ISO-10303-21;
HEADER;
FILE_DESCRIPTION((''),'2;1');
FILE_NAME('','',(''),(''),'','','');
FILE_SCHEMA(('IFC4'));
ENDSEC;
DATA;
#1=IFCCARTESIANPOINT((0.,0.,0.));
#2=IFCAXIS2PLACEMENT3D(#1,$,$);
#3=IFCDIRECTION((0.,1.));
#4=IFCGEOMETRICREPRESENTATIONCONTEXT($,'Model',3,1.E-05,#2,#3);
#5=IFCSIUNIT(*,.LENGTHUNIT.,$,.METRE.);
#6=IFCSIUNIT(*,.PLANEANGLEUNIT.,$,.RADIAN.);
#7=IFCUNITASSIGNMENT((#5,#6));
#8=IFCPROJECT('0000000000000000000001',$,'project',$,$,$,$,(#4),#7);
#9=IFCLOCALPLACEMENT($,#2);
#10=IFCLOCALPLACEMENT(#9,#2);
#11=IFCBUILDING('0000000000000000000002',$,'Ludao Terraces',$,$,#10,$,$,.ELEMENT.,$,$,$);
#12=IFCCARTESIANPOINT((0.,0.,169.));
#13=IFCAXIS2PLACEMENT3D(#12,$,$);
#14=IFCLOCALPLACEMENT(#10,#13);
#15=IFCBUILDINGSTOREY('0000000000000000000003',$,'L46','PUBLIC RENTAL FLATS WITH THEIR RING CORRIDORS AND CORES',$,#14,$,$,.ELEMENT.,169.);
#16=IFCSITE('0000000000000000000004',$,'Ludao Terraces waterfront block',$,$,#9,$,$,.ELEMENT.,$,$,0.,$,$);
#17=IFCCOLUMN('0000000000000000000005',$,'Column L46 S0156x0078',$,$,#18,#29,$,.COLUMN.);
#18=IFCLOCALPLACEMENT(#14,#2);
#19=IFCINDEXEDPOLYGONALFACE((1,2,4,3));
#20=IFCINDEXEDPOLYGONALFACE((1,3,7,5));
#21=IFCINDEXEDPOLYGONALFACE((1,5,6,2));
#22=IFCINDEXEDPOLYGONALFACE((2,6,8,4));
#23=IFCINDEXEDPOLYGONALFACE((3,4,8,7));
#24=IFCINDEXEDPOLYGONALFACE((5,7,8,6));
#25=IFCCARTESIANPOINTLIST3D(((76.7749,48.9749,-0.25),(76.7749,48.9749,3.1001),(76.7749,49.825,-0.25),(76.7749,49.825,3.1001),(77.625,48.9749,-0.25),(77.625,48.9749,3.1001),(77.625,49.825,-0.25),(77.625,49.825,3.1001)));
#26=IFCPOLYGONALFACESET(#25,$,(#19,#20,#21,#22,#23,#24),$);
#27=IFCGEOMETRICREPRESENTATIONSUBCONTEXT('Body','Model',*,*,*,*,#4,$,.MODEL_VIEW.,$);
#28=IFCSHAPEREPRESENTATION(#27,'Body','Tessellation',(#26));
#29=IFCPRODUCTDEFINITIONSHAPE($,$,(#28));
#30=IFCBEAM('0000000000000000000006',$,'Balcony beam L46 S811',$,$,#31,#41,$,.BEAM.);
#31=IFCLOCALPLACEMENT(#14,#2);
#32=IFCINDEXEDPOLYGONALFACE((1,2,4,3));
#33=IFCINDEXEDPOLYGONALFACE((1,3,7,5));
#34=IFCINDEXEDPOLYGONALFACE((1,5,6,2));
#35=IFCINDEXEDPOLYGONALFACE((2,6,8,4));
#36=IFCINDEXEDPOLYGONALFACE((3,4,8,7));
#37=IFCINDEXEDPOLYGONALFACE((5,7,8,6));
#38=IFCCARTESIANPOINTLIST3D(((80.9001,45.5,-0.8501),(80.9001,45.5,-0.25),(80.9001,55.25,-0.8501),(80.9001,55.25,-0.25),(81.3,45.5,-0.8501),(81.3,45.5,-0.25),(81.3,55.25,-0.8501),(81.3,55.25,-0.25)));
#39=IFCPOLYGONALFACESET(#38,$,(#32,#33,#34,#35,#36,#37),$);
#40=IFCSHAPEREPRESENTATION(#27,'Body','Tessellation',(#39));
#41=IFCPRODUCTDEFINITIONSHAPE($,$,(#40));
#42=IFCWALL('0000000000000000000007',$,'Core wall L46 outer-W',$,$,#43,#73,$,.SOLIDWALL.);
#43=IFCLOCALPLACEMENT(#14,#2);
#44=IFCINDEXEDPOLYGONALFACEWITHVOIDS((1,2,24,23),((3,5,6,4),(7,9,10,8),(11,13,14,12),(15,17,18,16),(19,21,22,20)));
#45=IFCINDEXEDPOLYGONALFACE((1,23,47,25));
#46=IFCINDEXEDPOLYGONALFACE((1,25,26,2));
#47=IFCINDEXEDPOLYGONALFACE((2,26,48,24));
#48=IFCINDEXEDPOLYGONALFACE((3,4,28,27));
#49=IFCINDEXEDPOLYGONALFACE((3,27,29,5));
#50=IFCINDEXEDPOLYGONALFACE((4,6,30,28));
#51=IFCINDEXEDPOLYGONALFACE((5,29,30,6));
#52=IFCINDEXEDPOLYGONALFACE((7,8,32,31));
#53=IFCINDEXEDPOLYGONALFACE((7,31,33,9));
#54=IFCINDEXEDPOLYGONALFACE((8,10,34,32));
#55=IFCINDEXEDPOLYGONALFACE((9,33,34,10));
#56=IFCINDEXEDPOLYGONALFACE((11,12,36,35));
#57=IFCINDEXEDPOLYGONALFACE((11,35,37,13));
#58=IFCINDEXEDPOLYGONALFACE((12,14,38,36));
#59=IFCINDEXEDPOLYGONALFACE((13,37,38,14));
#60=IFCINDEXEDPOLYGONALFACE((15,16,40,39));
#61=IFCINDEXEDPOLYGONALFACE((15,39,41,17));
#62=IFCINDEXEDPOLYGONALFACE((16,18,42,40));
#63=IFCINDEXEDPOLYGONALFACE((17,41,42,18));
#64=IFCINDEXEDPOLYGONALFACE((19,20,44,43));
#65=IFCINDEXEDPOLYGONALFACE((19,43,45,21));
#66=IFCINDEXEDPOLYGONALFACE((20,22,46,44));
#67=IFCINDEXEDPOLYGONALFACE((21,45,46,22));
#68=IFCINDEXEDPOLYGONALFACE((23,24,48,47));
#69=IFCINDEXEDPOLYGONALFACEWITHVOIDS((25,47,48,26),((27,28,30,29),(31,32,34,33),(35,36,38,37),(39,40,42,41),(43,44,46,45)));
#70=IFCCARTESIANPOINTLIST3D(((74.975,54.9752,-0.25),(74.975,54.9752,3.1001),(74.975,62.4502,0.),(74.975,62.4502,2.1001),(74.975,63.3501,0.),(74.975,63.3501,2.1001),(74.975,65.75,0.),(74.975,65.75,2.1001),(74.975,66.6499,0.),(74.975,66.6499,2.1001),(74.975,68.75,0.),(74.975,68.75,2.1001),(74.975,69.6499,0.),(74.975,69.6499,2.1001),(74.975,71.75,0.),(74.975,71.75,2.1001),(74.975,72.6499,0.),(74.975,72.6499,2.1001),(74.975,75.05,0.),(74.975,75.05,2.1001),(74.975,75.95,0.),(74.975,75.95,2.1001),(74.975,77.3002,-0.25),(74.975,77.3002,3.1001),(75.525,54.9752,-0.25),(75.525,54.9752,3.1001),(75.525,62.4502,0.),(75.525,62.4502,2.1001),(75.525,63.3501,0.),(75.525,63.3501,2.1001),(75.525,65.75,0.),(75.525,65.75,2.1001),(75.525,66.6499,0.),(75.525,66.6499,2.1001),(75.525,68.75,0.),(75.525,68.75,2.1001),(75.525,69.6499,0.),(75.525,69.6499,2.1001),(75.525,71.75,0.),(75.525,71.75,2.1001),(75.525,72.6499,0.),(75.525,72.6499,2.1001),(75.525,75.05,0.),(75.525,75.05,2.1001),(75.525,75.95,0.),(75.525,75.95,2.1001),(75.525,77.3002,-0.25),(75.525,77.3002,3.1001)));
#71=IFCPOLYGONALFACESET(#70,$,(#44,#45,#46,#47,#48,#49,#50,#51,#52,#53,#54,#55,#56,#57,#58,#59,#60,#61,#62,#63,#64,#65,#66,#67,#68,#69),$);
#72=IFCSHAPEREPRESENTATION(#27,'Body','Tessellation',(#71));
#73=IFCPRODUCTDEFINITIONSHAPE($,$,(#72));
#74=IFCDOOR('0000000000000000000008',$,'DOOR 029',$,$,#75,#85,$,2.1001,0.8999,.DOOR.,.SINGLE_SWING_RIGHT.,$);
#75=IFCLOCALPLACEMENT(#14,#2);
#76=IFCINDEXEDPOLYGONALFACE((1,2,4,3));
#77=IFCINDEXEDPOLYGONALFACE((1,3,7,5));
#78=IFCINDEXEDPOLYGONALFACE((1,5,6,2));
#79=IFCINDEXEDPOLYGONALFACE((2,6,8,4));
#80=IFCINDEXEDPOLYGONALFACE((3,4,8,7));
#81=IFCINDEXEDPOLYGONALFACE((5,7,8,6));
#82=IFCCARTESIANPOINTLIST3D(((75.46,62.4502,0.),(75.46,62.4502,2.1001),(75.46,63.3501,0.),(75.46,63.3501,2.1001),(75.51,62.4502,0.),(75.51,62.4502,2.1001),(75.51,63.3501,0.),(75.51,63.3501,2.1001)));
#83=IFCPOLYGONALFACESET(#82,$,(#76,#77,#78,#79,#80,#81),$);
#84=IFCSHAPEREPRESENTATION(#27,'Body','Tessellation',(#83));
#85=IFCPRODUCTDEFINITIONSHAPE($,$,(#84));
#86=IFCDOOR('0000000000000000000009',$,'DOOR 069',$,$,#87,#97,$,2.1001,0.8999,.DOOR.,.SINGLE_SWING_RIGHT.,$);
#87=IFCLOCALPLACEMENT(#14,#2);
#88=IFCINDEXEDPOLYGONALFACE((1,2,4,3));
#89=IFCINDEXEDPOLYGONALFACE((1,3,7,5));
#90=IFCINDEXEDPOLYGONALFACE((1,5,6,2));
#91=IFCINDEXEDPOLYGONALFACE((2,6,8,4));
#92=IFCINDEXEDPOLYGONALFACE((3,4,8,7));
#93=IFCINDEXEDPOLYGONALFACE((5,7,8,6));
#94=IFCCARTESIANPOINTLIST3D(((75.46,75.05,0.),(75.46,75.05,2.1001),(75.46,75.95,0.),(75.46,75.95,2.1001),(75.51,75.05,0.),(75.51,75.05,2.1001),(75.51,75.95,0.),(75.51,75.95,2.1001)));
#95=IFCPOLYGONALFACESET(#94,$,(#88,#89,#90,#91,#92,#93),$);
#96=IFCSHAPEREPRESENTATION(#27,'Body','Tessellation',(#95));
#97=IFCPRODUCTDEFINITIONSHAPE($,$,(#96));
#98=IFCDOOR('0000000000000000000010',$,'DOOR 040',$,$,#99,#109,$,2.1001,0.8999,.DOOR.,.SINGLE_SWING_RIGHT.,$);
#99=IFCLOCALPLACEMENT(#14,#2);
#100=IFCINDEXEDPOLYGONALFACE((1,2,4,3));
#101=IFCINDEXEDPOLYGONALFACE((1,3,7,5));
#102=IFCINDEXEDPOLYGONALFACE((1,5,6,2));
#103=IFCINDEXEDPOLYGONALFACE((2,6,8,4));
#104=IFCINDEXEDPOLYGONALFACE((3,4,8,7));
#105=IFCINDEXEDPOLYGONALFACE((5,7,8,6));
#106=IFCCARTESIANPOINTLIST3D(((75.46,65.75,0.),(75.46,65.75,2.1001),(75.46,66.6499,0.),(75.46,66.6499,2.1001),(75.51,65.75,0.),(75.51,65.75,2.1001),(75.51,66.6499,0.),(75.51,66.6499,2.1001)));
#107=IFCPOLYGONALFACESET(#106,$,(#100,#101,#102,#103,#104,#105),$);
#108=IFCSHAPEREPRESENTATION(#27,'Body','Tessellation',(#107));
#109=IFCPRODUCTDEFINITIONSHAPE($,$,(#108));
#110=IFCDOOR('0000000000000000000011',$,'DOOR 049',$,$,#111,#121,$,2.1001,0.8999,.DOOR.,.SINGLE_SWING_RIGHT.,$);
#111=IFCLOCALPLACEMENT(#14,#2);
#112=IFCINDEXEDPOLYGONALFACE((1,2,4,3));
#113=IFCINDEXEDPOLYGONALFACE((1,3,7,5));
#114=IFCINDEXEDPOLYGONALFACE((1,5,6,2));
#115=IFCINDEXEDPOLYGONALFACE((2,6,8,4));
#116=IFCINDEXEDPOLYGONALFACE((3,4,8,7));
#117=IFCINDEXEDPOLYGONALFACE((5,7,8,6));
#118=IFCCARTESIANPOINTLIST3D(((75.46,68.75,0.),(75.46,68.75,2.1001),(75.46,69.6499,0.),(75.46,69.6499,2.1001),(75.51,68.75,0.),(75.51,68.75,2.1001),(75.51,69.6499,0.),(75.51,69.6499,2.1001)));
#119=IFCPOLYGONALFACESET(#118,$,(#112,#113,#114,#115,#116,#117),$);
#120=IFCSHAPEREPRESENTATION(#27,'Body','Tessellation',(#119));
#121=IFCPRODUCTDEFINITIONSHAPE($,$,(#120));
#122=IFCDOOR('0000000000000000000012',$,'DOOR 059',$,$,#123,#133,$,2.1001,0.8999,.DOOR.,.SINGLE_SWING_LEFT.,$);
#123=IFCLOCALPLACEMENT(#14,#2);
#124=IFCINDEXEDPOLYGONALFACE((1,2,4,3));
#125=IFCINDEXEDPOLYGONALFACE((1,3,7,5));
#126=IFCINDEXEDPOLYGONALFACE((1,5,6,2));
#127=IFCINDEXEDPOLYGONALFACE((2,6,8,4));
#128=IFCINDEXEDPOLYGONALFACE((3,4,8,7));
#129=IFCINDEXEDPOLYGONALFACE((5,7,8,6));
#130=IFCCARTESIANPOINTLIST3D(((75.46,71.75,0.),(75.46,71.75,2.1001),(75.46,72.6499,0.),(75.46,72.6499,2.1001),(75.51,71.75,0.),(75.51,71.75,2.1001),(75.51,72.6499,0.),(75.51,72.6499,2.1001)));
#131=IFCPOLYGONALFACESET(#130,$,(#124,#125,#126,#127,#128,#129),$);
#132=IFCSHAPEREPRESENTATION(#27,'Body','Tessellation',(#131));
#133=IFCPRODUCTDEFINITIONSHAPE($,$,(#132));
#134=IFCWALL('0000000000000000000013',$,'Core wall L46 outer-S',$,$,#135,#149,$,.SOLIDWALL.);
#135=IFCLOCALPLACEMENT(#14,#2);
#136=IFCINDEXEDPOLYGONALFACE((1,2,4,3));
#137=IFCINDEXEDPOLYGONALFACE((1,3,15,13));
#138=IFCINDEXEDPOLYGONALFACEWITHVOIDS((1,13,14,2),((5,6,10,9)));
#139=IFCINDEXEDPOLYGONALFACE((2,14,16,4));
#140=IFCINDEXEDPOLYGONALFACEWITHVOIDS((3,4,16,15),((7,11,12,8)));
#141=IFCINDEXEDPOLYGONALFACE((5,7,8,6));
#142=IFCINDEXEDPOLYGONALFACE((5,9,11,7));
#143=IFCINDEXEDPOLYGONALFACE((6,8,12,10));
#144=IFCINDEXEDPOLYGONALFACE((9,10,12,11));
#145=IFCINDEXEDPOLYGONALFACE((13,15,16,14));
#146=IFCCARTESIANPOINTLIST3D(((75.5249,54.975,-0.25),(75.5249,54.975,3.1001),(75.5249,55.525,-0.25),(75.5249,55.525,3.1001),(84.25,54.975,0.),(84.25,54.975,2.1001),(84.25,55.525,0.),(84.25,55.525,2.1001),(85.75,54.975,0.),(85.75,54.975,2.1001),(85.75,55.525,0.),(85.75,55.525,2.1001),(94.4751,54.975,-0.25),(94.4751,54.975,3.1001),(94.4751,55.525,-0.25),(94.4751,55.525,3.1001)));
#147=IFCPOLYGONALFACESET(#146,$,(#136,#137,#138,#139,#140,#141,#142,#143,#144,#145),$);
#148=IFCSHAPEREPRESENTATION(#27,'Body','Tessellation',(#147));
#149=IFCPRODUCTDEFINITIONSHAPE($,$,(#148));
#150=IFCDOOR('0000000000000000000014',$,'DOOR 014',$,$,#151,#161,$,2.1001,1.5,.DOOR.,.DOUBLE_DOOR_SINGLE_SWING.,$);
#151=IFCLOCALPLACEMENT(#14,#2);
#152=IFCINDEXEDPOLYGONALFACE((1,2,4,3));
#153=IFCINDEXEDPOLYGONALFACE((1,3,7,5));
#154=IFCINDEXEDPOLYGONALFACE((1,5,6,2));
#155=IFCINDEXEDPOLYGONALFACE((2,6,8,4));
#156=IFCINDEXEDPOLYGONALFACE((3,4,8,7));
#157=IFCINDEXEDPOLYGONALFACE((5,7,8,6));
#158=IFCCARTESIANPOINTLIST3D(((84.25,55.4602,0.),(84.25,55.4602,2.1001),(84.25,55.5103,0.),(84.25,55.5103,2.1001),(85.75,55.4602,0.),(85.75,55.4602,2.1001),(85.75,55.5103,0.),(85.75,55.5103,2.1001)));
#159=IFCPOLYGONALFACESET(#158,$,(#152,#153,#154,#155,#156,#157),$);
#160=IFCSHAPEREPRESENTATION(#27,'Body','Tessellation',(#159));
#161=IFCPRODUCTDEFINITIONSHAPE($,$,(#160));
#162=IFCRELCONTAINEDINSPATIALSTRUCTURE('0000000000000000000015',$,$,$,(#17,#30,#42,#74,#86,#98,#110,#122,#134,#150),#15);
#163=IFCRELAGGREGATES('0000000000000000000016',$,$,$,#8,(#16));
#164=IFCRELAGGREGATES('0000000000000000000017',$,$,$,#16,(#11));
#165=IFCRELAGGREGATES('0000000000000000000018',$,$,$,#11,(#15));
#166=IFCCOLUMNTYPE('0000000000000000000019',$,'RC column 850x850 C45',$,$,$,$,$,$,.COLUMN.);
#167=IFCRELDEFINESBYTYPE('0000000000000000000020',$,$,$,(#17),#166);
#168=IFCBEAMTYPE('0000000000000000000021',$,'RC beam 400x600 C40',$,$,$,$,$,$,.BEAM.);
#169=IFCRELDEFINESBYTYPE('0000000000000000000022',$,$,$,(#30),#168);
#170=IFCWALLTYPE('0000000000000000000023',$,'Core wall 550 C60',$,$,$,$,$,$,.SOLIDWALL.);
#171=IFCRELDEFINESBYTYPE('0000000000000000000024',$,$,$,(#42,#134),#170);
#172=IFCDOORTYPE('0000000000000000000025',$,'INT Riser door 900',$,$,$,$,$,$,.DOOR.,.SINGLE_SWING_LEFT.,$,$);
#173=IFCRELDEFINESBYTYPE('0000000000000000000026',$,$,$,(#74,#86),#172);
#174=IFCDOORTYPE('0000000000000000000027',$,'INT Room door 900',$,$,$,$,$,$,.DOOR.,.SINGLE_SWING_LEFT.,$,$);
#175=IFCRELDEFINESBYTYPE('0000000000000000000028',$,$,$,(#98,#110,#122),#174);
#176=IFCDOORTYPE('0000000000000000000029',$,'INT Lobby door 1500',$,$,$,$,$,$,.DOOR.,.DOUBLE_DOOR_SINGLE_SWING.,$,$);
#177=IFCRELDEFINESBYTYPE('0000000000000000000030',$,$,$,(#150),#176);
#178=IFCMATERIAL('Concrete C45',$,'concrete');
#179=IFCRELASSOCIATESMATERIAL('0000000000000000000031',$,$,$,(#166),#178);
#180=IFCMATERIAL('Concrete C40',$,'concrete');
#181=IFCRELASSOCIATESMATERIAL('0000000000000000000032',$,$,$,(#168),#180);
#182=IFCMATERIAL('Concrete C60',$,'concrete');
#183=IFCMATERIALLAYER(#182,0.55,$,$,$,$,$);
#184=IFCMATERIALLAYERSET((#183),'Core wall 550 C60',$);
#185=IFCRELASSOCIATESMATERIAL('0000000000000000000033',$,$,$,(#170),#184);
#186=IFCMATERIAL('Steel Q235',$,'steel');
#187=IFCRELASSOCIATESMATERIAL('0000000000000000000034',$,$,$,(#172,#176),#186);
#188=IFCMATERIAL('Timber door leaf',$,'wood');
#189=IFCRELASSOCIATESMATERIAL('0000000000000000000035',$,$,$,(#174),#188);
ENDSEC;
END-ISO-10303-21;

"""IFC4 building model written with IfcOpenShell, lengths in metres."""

from ifc_helpers import new_model, si_unit, direction, frame, frame_2d, origin, origin_2d, place, context, subcontext, project, spatial, rectangle, extrude, material, layer, layer_set, material_profile, profile_set, type_object, element, fill, save


model = new_model("IFC4")

# Units and contexts
model_context = context("Model", 3, precision=1e-05, world=origin(), true_north=direction((0.0, 1.0)))
body_context = subcontext(model_context, "Body", "Model", "MODEL_VIEW")
ifc_project = project(units=[si_unit("LENGTHUNIT", "METRE"), si_unit("PLANEANGLEUNIT", "RADIAN")], contexts=[model_context])

# Site, building, storey
site_placement = place(None, origin())
site = spatial("IfcSite", under=ifc_project, at=site_placement, Name="Ludao Terraces waterfront block", CompositionType="ELEMENT", RefElevation=0.0)
building_placement = place(site_placement, origin())
building = spatial("IfcBuilding", under=site, at=building_placement, Name="Ludao Terraces", CompositionType="ELEMENT")
storey_placement = place(building_placement, frame((0.0, 0.0, 169.0)))
storey = spatial("IfcBuildingStorey", under=building, at=storey_placement, Name="L46", Description="PUBLIC RENTAL FLATS WITH THEIR RING CORRIDORS AND CORES", CompositionType="ELEMENT", Elevation=169.0)

# Column
ifc_material_1 = material(Name="Concrete C45", Category="concrete")
ifc_material_profile_1 = material_profile(ifc_material_1, rectangle(XDim=0.8501, YDim=0.8501, at=origin_2d()), Name="850 X 850")
ifc_profile_set_1 = profile_set([ifc_material_profile_1], Name="Concrete C45")
column_type = type_object("IfcColumnType", Name="RC column 850x850 C45", PredefinedType="COLUMN", material=ifc_profile_set_1)
column_placement = place(storey_placement, frame((77.2, 49.3999, -0.25), z_axis=(0.0, 0.0, 1.0), x_axis=(1.0, 0.0, 0.0)))
element("IfcColumn", 1, at=column_placement, inside=storey, type_object=column_type, Name="Column L46 S0156x0078", PredefinedType="COLUMN", context=body_context, shape_type="SweptSolid", body=[
    extrude(rectangle(XDim=0.8501, YDim=0.8501, at=origin_2d()), origin(), (0.0, 0.0, 1.0), 3.3501),
])

# Beam
ifc_material_2 = material(Name="Concrete C40", Category="concrete")
ifc_material_profile_2 = material_profile(ifc_material_2, rectangle(XDim=0.3999, YDim=0.6001, at=origin_2d()), Name="400 X 600")
ifc_profile_set_2 = profile_set([ifc_material_profile_2], Name="Concrete C40")
beam_type = type_object("IfcBeamType", Name="RC beam 400x600 C40", PredefinedType="BEAM", material=ifc_profile_set_2)
beam_placement = place(storey_placement, frame((81.1001, 55.25, -0.55), z_axis=(0.0, -1.0, 0.0), x_axis=(1.0, 0.0, 0.0)))
element("IfcBeam", 2, at=beam_placement, inside=storey, type_object=beam_type, Name="Balcony beam L46 S811", PredefinedType="BEAM", context=body_context, shape_type="SweptSolid", body=[
    extrude(rectangle(XDim=0.3999, YDim=0.6001, at=origin_2d()), origin(), (0.0, 0.0, 1.0), 9.75),
])

# Wall, openings, doors
ifc_material_3 = material(Name="Concrete C60", Category="concrete")
ifc_layer_1 = layer(ifc_material_3, 0.55)
ifc_layer_set_1 = layer_set([ifc_layer_1], Name="Core wall 550 C60")
wall_type_1 = type_object("IfcWallType", Name="Core wall 550 C60", PredefinedType="SOLIDWALL", material=ifc_layer_set_1)
wall_1_placement = place(storey_placement, frame((75.25, 54.9751, -0.25), z_axis=(0.0, 0.0, 1.0), x_axis=(0.0, 1.0, 0.0)))
wall_1 = element("IfcWall", 3, at=wall_1_placement, inside=storey, type_object=wall_type_1, Name="Core wall L46 outer-W", PredefinedType="SOLIDWALL", context=body_context, shape_type="SweptSolid", body=[
    extrude(rectangle(XDim=22.325, YDim=0.55, at=frame_2d((11.1626, 0.0))), origin(), (0.0, 0.0, 1.0), 3.3501),
])
opening_1_placement = place(wall_1_placement, frame((7.4751, 0.0, 0.25)))
opening_1 = element("IfcOpeningElement", 4, at=opening_1_placement, cuts=wall_1, PredefinedType="OPENING", context=body_context, shape_type="SweptSolid", body=[
    extrude(rectangle(XDim=0.8999, YDim=2.1001, at=frame_2d((0.45, 1.05))), frame((0.0, 0.2852, 0.0), z_axis=(0.0, -1.0, 0.0), x_axis=(1.0, 0.0, 0.0)), (0.0, 0.0, 1.0), 0.5701),
])
opening_2_placement = place(wall_1_placement, frame((10.7749, 0.0, 0.25)))
opening_2 = element("IfcOpeningElement", 5, at=opening_2_placement, cuts=wall_1, PredefinedType="OPENING", context=body_context, shape_type="SweptSolid", body=[
    extrude(rectangle(XDim=0.8999, YDim=2.1001, at=frame_2d((0.45, 1.05))), frame((0.0, 0.2852, 0.0), z_axis=(0.0, -1.0, 0.0), x_axis=(1.0, 0.0, 0.0)), (0.0, 0.0, 1.0), 0.5701),
])
opening_3_placement = place(wall_1_placement, frame((13.7749, 0.0, 0.25)))
opening_3 = element("IfcOpeningElement", 6, at=opening_3_placement, cuts=wall_1, PredefinedType="OPENING", context=body_context, shape_type="SweptSolid", body=[
    extrude(rectangle(XDim=0.8999, YDim=2.1001, at=frame_2d((0.45, 1.05))), frame((0.0, 0.2852, 0.0), z_axis=(0.0, -1.0, 0.0), x_axis=(1.0, 0.0, 0.0)), (0.0, 0.0, 1.0), 0.5701),
])
opening_4_placement = place(wall_1_placement, frame((16.7749, 0.0, 0.25)))
opening_4 = element("IfcOpeningElement", 7, at=opening_4_placement, cuts=wall_1, PredefinedType="OPENING", context=body_context, shape_type="SweptSolid", body=[
    extrude(rectangle(XDim=0.8999, YDim=2.1001, at=frame_2d((0.45, 1.05))), frame((0.0, 0.2852, 0.0), z_axis=(0.0, -1.0, 0.0), x_axis=(1.0, 0.0, 0.0)), (0.0, 0.0, 1.0), 0.5701),
])
opening_5_placement = place(wall_1_placement, frame((20.075, 0.0, 0.25)))
opening_5 = element("IfcOpeningElement", 8, at=opening_5_placement, cuts=wall_1, PredefinedType="OPENING", context=body_context, shape_type="SweptSolid", body=[
    extrude(rectangle(XDim=0.8999, YDim=2.1001, at=frame_2d((0.45, 1.05))), frame((0.0, 0.2852, 0.0), z_axis=(0.0, -1.0, 0.0), x_axis=(1.0, 0.0, 0.0)), (0.0, 0.0, 1.0), 0.5701),
])
ifc_material_4 = material(Name="Steel Q235", Category="steel")
door_type_1 = type_object("IfcDoorType", Name="INT Riser door 900", OperationType="SINGLE_SWING_LEFT", PredefinedType="DOOR", material=ifc_material_4)
door_1_placement = place(opening_1_placement, origin())
door_1 = element("IfcDoor", 9, at=door_1_placement, inside=storey, type_object=door_type_1, Name="DOOR 029", OperationType="SINGLE_SWING_RIGHT", OverallHeight=2.1001, OverallWidth=0.8999, PredefinedType="DOOR", context=body_context, shape_type="SweptSolid", body=[
    extrude(rectangle(XDim=0.8999, YDim=2.1001, at=frame_2d((0.45, 1.05))), frame((0.0, -0.21, 0.0), z_axis=(0.0, -1.0, 0.0), x_axis=(1.0, 0.0, 0.0)), (0.0, 0.0, 1.0), 0.05),
])
fill(opening_1, door_1)
door_2_placement = place(opening_5_placement, origin())
door_2 = element("IfcDoor", 10, at=door_2_placement, inside=storey, type_object=door_type_1, Name="DOOR 069", OperationType="SINGLE_SWING_RIGHT", OverallHeight=2.1001, OverallWidth=0.8999, PredefinedType="DOOR", context=body_context, shape_type="SweptSolid", body=[
    extrude(rectangle(XDim=0.8999, YDim=2.1001, at=frame_2d((0.45, 1.05))), frame((0.0, -0.21, 0.0), z_axis=(0.0, -1.0, 0.0), x_axis=(1.0, 0.0, 0.0)), (0.0, 0.0, 1.0), 0.05),
])
fill(opening_5, door_2)
ifc_material_5 = material(Name="Timber door leaf", Category="wood")
door_type_2 = type_object("IfcDoorType", Name="INT Room door 900", OperationType="SINGLE_SWING_LEFT", PredefinedType="DOOR", material=ifc_material_5)
door_3_placement = place(opening_2_placement, origin())
door_3 = element("IfcDoor", 11, at=door_3_placement, inside=storey, type_object=door_type_2, Name="DOOR 040", OperationType="SINGLE_SWING_RIGHT", OverallHeight=2.1001, OverallWidth=0.8999, PredefinedType="DOOR", context=body_context, shape_type="SweptSolid", body=[
    extrude(rectangle(XDim=0.8999, YDim=2.1001, at=frame_2d((0.45, 1.05))), frame((0.0, -0.21, 0.0), z_axis=(0.0, -1.0, 0.0), x_axis=(1.0, 0.0, 0.0)), (0.0, 0.0, 1.0), 0.05),
])
fill(opening_2, door_3)
door_4_placement = place(opening_3_placement, origin())
door_4 = element("IfcDoor", 12, at=door_4_placement, inside=storey, type_object=door_type_2, Name="DOOR 049", OperationType="SINGLE_SWING_RIGHT", OverallHeight=2.1001, OverallWidth=0.8999, PredefinedType="DOOR", context=body_context, shape_type="SweptSolid", body=[
    extrude(rectangle(XDim=0.8999, YDim=2.1001, at=frame_2d((0.45, 1.05))), frame((0.0, -0.21, 0.0), z_axis=(0.0, -1.0, 0.0), x_axis=(1.0, 0.0, 0.0)), (0.0, 0.0, 1.0), 0.05),
])
fill(opening_3, door_4)
door_5_placement = place(opening_4_placement, origin())
door_5 = element("IfcDoor", 13, at=door_5_placement, inside=storey, type_object=door_type_2, Name="DOOR 059", OperationType="SINGLE_SWING_LEFT", OverallHeight=2.1001, OverallWidth=0.8999, PredefinedType="DOOR", context=body_context, shape_type="SweptSolid", body=[
    extrude(rectangle(XDim=0.8999, YDim=2.1001, at=frame_2d((0.45, 1.05))), frame((0.0, -0.21, 0.0), z_axis=(0.0, -1.0, 0.0), x_axis=(1.0, 0.0, 0.0)), (0.0, 0.0, 1.0), 0.05),
])
fill(opening_4, door_5)

# Wall, opening, door
wall_2_placement = place(storey_placement, frame((75.5249, 55.25, -0.25), z_axis=(0.0, 0.0, 1.0), x_axis=(1.0, 0.0, 0.0)))
wall_2 = element("IfcWall", 14, at=wall_2_placement, inside=storey, type_object=wall_type_1, Name="Core wall L46 outer-S", PredefinedType="SOLIDWALL", context=body_context, shape_type="SweptSolid", body=[
    extrude(rectangle(XDim=18.9502, YDim=0.55, at=frame_2d((9.4751, 0.0))), origin(), (0.0, 0.0, 1.0), 3.3501),
])
opening_6_placement = place(wall_2_placement, frame((8.7251, 0.0, 0.25)))
opening_6 = element("IfcOpeningElement", 15, at=opening_6_placement, cuts=wall_2, PredefinedType="OPENING", context=body_context, shape_type="SweptSolid", body=[
    extrude(rectangle(XDim=1.5, YDim=2.1001, at=frame_2d((0.75, 1.05))), frame((0.0, 0.2852, 0.0), z_axis=(0.0, -1.0, 0.0), x_axis=(1.0, 0.0, 0.0)), (0.0, 0.0, 1.0), 0.5701),
])
door_type_3 = type_object("IfcDoorType", Name="INT Lobby door 1500", OperationType="DOUBLE_DOOR_SINGLE_SWING", PredefinedType="DOOR", material=ifc_material_4)
door_6_placement = place(opening_6_placement, origin())
door_6 = element("IfcDoor", 16, at=door_6_placement, inside=storey, type_object=door_type_3, Name="DOOR 014", OperationType="DOUBLE_DOOR_SINGLE_SWING", OverallHeight=2.1001, OverallWidth=1.5, PredefinedType="DOOR", context=body_context, shape_type="SweptSolid", body=[
    extrude(rectangle(XDim=1.5, YDim=2.1001, at=frame_2d((0.75, 1.05))), frame((0.0, 0.2603, 0.0), z_axis=(0.0, -1.0, 0.0), x_axis=(1.0, 0.0, 0.0)), (0.0, 0.0, 1.0), 0.05),
])
fill(opening_6, door_6)

save(model, "model.ifc")
